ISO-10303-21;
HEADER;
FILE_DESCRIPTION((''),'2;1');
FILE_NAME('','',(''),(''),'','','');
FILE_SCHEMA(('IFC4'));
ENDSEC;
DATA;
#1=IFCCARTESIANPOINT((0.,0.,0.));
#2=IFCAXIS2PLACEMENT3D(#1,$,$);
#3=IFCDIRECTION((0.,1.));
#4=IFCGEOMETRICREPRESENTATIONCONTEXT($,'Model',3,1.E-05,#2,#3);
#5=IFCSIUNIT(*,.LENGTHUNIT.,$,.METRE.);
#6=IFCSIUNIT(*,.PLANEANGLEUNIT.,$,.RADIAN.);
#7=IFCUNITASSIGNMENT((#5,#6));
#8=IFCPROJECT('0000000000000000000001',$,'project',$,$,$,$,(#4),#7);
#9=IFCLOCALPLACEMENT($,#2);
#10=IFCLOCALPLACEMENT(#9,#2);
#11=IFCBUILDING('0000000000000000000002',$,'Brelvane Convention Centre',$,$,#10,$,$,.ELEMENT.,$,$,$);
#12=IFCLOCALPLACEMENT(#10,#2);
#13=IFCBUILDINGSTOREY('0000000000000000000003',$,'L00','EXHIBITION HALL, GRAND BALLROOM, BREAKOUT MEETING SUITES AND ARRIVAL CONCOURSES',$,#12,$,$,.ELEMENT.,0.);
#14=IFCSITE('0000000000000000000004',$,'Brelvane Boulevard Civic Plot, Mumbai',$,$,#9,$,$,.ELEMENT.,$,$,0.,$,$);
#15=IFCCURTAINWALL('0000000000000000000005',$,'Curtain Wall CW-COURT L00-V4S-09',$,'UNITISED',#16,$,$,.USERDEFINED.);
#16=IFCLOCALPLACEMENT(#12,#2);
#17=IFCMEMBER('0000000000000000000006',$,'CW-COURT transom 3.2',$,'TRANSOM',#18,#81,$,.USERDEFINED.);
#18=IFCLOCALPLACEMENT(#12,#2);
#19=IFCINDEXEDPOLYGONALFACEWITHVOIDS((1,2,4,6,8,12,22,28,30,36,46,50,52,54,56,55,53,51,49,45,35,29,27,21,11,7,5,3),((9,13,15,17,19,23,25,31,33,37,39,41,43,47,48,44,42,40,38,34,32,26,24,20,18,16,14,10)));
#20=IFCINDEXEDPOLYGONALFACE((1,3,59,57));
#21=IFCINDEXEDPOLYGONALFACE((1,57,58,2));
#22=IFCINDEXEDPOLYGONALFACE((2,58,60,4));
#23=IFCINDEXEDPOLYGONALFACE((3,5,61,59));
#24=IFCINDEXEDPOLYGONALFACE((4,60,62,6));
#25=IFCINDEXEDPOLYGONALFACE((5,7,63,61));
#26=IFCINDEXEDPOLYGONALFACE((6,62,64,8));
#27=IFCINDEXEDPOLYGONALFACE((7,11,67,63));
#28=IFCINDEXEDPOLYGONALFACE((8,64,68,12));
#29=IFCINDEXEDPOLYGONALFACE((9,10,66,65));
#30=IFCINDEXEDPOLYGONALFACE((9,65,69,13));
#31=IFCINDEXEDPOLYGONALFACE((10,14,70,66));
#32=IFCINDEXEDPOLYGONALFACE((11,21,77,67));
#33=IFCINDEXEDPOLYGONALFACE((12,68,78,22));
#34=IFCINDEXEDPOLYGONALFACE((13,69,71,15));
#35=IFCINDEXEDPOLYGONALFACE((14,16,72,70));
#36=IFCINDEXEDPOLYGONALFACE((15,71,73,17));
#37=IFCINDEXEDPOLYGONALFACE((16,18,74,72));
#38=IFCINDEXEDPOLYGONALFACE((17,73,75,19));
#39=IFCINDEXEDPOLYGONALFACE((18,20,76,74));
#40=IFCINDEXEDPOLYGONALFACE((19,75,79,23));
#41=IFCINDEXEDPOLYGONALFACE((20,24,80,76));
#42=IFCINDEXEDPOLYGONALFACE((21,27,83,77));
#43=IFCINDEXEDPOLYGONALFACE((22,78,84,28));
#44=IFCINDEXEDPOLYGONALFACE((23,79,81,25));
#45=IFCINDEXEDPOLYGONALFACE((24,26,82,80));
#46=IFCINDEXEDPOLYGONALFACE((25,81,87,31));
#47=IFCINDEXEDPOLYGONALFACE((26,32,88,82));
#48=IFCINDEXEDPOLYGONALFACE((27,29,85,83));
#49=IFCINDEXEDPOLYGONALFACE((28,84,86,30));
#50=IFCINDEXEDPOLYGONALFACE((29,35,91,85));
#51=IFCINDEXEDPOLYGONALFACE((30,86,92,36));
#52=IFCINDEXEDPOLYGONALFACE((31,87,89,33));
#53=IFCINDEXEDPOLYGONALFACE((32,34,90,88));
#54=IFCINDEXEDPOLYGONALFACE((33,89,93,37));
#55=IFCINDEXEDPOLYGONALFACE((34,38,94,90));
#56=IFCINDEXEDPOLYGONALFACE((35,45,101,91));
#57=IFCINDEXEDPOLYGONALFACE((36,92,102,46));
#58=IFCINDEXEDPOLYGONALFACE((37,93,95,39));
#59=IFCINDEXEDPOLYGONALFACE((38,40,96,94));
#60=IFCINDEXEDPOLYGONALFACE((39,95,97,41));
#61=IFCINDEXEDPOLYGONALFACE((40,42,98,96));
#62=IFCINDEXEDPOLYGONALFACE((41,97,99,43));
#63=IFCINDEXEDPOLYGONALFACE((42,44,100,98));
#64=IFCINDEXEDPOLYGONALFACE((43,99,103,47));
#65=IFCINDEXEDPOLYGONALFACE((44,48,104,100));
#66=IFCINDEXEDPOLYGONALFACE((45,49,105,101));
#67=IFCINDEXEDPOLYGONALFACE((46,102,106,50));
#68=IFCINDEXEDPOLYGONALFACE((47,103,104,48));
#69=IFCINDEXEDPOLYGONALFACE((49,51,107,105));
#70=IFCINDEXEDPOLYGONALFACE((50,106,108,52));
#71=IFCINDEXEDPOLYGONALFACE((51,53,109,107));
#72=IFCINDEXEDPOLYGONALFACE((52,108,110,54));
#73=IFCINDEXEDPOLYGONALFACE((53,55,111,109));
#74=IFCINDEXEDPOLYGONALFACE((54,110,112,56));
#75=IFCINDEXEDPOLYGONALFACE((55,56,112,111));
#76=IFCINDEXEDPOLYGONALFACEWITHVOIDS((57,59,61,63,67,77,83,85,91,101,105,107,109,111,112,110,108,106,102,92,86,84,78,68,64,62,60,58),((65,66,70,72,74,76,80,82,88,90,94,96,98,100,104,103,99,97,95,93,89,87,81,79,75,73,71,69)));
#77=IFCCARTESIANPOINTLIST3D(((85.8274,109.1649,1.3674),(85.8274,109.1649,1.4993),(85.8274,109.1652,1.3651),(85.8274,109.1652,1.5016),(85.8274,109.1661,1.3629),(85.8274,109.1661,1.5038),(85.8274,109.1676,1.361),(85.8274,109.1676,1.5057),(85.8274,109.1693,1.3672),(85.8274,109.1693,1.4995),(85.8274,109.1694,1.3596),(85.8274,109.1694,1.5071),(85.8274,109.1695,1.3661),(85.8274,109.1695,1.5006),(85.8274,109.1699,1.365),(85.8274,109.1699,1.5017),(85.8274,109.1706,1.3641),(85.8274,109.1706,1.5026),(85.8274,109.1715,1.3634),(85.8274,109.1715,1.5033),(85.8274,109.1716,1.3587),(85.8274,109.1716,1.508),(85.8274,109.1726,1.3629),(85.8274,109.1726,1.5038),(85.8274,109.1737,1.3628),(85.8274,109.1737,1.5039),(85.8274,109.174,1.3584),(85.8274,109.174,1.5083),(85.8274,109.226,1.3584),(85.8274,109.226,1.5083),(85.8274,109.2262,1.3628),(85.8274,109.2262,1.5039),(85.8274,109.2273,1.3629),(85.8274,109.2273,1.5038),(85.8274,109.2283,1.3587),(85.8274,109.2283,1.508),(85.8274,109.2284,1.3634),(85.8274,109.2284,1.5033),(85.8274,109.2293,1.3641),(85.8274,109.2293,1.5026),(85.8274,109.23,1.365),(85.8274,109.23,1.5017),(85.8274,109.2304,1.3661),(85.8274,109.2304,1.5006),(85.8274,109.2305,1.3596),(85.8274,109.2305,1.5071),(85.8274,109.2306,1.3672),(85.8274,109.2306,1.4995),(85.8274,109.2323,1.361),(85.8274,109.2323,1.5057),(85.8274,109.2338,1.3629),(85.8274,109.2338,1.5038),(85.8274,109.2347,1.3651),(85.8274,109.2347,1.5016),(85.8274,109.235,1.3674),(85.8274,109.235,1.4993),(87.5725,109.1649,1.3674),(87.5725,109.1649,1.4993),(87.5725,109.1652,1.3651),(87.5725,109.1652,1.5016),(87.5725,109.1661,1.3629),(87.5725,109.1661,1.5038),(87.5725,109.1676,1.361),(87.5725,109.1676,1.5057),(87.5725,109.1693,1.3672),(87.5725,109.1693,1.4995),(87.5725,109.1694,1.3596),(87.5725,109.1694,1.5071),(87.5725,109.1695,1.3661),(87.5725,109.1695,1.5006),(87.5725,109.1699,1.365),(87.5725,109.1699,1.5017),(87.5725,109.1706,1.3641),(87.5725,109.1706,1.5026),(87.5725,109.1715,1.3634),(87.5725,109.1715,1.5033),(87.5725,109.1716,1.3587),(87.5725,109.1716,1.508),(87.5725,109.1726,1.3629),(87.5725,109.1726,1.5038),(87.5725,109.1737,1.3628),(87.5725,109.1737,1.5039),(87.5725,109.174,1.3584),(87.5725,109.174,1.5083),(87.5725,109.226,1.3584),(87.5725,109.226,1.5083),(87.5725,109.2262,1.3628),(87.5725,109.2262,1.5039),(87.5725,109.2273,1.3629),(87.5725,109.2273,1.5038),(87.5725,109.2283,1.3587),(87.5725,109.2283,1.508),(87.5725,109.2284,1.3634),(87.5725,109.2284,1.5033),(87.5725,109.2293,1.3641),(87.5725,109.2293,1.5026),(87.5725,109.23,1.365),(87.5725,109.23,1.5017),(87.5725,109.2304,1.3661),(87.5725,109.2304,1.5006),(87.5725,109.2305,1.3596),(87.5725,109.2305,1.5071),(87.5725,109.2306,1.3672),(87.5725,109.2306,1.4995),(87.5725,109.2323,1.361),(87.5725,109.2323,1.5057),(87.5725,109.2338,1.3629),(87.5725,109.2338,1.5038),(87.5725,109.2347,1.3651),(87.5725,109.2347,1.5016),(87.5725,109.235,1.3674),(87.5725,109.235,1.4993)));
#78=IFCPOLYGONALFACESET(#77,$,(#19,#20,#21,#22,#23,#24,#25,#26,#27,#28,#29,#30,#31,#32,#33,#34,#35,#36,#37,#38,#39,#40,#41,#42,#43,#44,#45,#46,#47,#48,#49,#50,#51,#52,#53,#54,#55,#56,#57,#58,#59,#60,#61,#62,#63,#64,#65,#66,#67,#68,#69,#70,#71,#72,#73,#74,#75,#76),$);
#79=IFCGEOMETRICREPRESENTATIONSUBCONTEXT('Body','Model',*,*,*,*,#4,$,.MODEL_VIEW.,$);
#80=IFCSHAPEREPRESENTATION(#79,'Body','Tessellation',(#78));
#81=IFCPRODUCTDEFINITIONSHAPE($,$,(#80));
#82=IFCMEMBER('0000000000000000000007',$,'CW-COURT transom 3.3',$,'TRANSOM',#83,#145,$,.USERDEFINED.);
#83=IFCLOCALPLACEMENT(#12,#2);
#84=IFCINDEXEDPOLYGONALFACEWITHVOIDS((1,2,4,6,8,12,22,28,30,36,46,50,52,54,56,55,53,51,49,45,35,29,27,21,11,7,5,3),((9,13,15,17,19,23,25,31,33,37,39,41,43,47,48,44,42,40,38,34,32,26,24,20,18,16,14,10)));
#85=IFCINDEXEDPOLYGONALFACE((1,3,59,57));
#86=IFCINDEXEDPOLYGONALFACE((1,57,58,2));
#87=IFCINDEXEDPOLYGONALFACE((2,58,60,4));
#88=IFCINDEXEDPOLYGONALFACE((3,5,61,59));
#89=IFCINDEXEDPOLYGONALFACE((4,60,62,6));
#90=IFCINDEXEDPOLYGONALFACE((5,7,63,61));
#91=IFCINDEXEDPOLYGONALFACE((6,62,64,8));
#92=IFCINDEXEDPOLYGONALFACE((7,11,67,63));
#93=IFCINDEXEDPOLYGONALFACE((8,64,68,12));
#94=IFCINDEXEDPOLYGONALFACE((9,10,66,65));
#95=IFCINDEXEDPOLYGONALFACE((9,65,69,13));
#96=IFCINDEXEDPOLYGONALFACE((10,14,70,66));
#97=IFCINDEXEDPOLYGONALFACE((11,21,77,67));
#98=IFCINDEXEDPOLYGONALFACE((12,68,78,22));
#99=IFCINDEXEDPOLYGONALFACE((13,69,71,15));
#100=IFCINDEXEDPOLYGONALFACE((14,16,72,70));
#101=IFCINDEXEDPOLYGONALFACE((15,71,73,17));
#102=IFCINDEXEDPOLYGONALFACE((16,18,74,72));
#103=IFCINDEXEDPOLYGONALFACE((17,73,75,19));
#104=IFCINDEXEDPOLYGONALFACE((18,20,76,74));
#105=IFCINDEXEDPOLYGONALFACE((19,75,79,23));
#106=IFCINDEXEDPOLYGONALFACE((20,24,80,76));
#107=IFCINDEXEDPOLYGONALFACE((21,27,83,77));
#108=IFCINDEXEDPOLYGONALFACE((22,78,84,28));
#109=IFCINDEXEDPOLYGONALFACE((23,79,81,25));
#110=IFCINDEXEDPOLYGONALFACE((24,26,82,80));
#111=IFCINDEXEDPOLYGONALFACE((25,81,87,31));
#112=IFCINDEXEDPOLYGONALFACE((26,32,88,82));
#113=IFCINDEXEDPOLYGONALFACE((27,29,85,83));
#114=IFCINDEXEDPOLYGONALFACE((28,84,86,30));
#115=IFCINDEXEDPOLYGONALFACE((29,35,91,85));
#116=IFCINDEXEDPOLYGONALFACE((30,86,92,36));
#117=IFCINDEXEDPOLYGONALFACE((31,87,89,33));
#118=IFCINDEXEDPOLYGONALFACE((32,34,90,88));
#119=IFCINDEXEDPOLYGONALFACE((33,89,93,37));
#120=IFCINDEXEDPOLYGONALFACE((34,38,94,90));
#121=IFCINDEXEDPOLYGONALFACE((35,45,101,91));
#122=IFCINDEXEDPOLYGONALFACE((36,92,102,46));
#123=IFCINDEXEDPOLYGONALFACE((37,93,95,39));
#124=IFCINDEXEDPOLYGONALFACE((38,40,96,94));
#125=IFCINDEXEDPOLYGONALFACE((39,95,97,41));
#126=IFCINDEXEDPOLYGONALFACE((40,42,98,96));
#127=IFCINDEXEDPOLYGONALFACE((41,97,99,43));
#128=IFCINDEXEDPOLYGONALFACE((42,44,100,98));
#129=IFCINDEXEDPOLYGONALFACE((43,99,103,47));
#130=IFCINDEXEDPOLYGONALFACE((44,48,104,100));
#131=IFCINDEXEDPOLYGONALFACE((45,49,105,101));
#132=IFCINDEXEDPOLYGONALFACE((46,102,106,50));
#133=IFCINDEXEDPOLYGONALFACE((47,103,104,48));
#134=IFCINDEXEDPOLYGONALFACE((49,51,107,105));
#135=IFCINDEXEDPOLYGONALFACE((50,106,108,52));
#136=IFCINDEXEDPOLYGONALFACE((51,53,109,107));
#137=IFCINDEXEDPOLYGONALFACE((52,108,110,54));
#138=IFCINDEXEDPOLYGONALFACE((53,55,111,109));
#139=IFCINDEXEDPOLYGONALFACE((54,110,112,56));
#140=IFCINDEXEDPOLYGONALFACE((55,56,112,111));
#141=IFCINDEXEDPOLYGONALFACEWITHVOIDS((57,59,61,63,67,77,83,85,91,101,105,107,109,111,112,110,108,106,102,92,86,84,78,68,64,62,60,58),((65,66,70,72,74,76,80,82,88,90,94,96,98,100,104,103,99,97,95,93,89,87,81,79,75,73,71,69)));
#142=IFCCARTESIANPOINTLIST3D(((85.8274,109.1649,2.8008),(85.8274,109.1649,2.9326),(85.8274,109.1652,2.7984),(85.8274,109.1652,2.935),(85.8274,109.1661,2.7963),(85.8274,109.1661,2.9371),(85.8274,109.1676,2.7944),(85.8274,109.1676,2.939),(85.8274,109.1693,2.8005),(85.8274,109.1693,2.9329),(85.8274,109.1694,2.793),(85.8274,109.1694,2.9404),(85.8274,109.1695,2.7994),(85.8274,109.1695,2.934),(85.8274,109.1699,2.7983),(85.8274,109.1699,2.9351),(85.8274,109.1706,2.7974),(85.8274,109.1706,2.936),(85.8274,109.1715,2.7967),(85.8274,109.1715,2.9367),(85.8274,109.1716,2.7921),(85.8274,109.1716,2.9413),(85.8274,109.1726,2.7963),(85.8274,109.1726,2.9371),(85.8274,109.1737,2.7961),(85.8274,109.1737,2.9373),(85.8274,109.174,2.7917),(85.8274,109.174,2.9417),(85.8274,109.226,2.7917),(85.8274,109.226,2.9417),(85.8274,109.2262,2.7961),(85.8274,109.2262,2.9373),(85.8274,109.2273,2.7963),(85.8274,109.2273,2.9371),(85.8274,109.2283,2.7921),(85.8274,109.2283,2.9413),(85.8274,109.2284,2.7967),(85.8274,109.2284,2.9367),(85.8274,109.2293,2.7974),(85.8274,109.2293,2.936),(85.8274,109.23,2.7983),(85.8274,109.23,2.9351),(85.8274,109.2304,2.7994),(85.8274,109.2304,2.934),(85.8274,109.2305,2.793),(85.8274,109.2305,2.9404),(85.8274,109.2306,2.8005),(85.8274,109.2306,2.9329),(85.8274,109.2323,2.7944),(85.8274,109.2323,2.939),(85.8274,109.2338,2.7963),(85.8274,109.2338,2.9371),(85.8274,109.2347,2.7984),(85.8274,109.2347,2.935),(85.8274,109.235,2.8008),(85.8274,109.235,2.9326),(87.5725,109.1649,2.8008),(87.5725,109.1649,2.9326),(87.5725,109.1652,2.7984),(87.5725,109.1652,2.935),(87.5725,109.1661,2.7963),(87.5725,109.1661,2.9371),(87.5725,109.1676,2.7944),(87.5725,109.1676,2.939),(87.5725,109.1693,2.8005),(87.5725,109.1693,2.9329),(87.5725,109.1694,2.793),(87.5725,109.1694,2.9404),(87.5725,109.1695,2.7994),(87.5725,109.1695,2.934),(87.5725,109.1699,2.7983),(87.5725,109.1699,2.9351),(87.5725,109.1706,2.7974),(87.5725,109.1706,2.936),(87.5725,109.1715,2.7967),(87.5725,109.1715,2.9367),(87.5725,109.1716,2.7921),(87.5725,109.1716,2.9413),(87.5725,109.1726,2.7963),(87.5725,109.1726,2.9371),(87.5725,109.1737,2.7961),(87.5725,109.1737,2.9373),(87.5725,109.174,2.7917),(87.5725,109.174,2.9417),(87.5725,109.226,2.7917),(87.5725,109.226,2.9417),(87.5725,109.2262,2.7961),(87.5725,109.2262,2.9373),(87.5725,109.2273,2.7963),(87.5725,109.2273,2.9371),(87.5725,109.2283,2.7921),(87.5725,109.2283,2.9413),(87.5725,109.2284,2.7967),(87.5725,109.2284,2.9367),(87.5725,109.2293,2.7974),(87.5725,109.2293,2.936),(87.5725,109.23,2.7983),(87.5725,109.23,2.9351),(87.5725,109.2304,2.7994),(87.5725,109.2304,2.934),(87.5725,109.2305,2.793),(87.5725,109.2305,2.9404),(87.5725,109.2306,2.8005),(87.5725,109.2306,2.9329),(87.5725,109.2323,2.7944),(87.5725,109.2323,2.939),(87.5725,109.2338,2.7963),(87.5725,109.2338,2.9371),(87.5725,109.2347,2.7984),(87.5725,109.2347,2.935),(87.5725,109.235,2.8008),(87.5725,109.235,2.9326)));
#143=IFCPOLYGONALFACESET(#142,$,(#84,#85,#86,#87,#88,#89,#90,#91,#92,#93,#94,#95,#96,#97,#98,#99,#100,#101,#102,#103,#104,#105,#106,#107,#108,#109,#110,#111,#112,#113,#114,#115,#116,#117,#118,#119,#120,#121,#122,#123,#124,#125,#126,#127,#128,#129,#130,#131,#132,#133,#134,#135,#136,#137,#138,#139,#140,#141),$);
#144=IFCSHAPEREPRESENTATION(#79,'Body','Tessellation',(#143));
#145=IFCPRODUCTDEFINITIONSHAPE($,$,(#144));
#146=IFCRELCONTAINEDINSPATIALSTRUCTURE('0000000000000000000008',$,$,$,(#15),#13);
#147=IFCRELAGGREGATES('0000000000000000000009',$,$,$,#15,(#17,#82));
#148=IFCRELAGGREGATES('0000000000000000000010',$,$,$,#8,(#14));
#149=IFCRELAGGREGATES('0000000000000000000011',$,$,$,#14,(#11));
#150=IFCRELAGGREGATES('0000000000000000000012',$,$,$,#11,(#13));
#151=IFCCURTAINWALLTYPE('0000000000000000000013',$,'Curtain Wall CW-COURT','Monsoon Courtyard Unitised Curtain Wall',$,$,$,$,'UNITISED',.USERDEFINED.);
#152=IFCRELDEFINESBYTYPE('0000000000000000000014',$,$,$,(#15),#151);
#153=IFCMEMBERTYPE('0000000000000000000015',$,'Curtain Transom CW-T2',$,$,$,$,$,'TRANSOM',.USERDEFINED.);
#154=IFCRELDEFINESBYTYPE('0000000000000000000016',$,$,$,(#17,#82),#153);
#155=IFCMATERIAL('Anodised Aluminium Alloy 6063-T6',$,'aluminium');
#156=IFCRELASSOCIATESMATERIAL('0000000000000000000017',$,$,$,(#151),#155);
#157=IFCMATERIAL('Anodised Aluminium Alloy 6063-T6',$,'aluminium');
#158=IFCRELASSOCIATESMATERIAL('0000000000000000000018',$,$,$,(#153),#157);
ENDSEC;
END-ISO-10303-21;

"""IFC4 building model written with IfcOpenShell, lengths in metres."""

from ifc_helpers import new_model, si_unit, direction, frame, origin, origin_2d, place, context, subcontext, project, spatial, hollow_rectangle, extrude, material, material_profile, profile_set, type_object, element, aggregate, save


model = new_model("IFC4")

# Units and contexts
model_context = context("Model", 3, precision=1e-05, world=origin(), true_north=direction((0.0, 1.0)))
body_context = subcontext(model_context, "Body", "Model", "MODEL_VIEW")
ifc_project = project(units=[si_unit("LENGTHUNIT", "METRE"), si_unit("PLANEANGLEUNIT", "RADIAN")], contexts=[model_context])

# Site, building, storey
site_placement = place(None, origin())
site = spatial("IfcSite", under=ifc_project, at=site_placement, Name="Brelvane Boulevard Civic Plot, Mumbai", CompositionType="ELEMENT", RefElevation=0.0)
building_placement = place(site_placement, origin())
building = spatial("IfcBuilding", under=site, at=building_placement, Name="Brelvane Convention Centre", CompositionType="ELEMENT")
storey_placement = place(building_placement, origin())
storey = spatial("IfcBuildingStorey", under=building, at=storey_placement, Name="L00", Description="EXHIBITION HALL, GRAND BALLROOM, BREAKOUT MEETING SUITES AND ARRIVAL CONCOURSES", CompositionType="ELEMENT", Elevation=0.0)

# Curtain wall, members
ifc_material_1 = material(Name="Anodised Aluminium Alloy 6063-T6", Category="aluminium")
curtain_wall_type = type_object("IfcCurtainWallType", Name="Curtain Wall CW-COURT", Description="Monsoon Courtyard Unitised Curtain Wall", ElementType="UNITISED", PredefinedType="USERDEFINED", material=ifc_material_1)
curtain_wall_placement = place(storey_placement, origin())
curtain_wall = element("IfcCurtainWall", 1, at=curtain_wall_placement, inside=storey, type_object=curtain_wall_type, Name="Curtain Wall CW-COURT L00-V4S-09", ObjectType="UNITISED", PredefinedType="USERDEFINED")
ifc_material_2 = material(Name="Anodised Aluminium Alloy 6063-T6", Category="aluminium")
ifc_material_profile_1 = material_profile(ifc_material_2, hollow_rectangle(XDim=0.0701, YDim=0.1499, WallThickness=0.0044, InnerFilletRadius=0.0044, OuterFilletRadius=0.009, at=origin_2d()), Name="ALU-T 150x70x4.5")
ifc_profile_set_1 = profile_set([ifc_material_profile_1], Name="Anodised Aluminium Alloy 6063-T6")
member_type_1 = type_object("IfcMemberType", Name="Curtain Transom CW-T2", ElementType="TRANSOM", PredefinedType="USERDEFINED", material=ifc_profile_set_1)
member_1_placement = place(storey_placement, frame((85.8274, 109.2, 1.4333), z_axis=(1.0, 0.0, 0.0), x_axis=(0.0, 1.0, 0.0)))
member_1 = element("IfcMember", 2, at=member_1_placement, type_object=member_type_1, Name="CW-COURT transom 3.2", ObjectType="TRANSOM", PredefinedType="USERDEFINED", context=body_context, shape_type="SweptSolid", body=[
    extrude(hollow_rectangle(XDim=0.0701, YDim=0.1499, WallThickness=0.0044, InnerFilletRadius=0.0044, OuterFilletRadius=0.009, at=origin_2d()), origin(), (0.0, 0.0, 1.0), 1.7451),
])
member_2_placement = place(storey_placement, frame((85.8274, 109.2, 2.8667), z_axis=(1.0, 0.0, 0.0), x_axis=(0.0, 1.0, 0.0)))
member_2 = element("IfcMember", 3, at=member_2_placement, type_object=member_type_1, Name="CW-COURT transom 3.3", ObjectType="TRANSOM", PredefinedType="USERDEFINED", context=body_context, shape_type="SweptSolid", body=[
    extrude(hollow_rectangle(XDim=0.0701, YDim=0.1499, WallThickness=0.0044, InnerFilletRadius=0.0044, OuterFilletRadius=0.009, at=origin_2d()), origin(), (0.0, 0.0, 1.0), 1.7451),
])
aggregate(curtain_wall, [member_1, member_2])

save(model, "model.ifc")
